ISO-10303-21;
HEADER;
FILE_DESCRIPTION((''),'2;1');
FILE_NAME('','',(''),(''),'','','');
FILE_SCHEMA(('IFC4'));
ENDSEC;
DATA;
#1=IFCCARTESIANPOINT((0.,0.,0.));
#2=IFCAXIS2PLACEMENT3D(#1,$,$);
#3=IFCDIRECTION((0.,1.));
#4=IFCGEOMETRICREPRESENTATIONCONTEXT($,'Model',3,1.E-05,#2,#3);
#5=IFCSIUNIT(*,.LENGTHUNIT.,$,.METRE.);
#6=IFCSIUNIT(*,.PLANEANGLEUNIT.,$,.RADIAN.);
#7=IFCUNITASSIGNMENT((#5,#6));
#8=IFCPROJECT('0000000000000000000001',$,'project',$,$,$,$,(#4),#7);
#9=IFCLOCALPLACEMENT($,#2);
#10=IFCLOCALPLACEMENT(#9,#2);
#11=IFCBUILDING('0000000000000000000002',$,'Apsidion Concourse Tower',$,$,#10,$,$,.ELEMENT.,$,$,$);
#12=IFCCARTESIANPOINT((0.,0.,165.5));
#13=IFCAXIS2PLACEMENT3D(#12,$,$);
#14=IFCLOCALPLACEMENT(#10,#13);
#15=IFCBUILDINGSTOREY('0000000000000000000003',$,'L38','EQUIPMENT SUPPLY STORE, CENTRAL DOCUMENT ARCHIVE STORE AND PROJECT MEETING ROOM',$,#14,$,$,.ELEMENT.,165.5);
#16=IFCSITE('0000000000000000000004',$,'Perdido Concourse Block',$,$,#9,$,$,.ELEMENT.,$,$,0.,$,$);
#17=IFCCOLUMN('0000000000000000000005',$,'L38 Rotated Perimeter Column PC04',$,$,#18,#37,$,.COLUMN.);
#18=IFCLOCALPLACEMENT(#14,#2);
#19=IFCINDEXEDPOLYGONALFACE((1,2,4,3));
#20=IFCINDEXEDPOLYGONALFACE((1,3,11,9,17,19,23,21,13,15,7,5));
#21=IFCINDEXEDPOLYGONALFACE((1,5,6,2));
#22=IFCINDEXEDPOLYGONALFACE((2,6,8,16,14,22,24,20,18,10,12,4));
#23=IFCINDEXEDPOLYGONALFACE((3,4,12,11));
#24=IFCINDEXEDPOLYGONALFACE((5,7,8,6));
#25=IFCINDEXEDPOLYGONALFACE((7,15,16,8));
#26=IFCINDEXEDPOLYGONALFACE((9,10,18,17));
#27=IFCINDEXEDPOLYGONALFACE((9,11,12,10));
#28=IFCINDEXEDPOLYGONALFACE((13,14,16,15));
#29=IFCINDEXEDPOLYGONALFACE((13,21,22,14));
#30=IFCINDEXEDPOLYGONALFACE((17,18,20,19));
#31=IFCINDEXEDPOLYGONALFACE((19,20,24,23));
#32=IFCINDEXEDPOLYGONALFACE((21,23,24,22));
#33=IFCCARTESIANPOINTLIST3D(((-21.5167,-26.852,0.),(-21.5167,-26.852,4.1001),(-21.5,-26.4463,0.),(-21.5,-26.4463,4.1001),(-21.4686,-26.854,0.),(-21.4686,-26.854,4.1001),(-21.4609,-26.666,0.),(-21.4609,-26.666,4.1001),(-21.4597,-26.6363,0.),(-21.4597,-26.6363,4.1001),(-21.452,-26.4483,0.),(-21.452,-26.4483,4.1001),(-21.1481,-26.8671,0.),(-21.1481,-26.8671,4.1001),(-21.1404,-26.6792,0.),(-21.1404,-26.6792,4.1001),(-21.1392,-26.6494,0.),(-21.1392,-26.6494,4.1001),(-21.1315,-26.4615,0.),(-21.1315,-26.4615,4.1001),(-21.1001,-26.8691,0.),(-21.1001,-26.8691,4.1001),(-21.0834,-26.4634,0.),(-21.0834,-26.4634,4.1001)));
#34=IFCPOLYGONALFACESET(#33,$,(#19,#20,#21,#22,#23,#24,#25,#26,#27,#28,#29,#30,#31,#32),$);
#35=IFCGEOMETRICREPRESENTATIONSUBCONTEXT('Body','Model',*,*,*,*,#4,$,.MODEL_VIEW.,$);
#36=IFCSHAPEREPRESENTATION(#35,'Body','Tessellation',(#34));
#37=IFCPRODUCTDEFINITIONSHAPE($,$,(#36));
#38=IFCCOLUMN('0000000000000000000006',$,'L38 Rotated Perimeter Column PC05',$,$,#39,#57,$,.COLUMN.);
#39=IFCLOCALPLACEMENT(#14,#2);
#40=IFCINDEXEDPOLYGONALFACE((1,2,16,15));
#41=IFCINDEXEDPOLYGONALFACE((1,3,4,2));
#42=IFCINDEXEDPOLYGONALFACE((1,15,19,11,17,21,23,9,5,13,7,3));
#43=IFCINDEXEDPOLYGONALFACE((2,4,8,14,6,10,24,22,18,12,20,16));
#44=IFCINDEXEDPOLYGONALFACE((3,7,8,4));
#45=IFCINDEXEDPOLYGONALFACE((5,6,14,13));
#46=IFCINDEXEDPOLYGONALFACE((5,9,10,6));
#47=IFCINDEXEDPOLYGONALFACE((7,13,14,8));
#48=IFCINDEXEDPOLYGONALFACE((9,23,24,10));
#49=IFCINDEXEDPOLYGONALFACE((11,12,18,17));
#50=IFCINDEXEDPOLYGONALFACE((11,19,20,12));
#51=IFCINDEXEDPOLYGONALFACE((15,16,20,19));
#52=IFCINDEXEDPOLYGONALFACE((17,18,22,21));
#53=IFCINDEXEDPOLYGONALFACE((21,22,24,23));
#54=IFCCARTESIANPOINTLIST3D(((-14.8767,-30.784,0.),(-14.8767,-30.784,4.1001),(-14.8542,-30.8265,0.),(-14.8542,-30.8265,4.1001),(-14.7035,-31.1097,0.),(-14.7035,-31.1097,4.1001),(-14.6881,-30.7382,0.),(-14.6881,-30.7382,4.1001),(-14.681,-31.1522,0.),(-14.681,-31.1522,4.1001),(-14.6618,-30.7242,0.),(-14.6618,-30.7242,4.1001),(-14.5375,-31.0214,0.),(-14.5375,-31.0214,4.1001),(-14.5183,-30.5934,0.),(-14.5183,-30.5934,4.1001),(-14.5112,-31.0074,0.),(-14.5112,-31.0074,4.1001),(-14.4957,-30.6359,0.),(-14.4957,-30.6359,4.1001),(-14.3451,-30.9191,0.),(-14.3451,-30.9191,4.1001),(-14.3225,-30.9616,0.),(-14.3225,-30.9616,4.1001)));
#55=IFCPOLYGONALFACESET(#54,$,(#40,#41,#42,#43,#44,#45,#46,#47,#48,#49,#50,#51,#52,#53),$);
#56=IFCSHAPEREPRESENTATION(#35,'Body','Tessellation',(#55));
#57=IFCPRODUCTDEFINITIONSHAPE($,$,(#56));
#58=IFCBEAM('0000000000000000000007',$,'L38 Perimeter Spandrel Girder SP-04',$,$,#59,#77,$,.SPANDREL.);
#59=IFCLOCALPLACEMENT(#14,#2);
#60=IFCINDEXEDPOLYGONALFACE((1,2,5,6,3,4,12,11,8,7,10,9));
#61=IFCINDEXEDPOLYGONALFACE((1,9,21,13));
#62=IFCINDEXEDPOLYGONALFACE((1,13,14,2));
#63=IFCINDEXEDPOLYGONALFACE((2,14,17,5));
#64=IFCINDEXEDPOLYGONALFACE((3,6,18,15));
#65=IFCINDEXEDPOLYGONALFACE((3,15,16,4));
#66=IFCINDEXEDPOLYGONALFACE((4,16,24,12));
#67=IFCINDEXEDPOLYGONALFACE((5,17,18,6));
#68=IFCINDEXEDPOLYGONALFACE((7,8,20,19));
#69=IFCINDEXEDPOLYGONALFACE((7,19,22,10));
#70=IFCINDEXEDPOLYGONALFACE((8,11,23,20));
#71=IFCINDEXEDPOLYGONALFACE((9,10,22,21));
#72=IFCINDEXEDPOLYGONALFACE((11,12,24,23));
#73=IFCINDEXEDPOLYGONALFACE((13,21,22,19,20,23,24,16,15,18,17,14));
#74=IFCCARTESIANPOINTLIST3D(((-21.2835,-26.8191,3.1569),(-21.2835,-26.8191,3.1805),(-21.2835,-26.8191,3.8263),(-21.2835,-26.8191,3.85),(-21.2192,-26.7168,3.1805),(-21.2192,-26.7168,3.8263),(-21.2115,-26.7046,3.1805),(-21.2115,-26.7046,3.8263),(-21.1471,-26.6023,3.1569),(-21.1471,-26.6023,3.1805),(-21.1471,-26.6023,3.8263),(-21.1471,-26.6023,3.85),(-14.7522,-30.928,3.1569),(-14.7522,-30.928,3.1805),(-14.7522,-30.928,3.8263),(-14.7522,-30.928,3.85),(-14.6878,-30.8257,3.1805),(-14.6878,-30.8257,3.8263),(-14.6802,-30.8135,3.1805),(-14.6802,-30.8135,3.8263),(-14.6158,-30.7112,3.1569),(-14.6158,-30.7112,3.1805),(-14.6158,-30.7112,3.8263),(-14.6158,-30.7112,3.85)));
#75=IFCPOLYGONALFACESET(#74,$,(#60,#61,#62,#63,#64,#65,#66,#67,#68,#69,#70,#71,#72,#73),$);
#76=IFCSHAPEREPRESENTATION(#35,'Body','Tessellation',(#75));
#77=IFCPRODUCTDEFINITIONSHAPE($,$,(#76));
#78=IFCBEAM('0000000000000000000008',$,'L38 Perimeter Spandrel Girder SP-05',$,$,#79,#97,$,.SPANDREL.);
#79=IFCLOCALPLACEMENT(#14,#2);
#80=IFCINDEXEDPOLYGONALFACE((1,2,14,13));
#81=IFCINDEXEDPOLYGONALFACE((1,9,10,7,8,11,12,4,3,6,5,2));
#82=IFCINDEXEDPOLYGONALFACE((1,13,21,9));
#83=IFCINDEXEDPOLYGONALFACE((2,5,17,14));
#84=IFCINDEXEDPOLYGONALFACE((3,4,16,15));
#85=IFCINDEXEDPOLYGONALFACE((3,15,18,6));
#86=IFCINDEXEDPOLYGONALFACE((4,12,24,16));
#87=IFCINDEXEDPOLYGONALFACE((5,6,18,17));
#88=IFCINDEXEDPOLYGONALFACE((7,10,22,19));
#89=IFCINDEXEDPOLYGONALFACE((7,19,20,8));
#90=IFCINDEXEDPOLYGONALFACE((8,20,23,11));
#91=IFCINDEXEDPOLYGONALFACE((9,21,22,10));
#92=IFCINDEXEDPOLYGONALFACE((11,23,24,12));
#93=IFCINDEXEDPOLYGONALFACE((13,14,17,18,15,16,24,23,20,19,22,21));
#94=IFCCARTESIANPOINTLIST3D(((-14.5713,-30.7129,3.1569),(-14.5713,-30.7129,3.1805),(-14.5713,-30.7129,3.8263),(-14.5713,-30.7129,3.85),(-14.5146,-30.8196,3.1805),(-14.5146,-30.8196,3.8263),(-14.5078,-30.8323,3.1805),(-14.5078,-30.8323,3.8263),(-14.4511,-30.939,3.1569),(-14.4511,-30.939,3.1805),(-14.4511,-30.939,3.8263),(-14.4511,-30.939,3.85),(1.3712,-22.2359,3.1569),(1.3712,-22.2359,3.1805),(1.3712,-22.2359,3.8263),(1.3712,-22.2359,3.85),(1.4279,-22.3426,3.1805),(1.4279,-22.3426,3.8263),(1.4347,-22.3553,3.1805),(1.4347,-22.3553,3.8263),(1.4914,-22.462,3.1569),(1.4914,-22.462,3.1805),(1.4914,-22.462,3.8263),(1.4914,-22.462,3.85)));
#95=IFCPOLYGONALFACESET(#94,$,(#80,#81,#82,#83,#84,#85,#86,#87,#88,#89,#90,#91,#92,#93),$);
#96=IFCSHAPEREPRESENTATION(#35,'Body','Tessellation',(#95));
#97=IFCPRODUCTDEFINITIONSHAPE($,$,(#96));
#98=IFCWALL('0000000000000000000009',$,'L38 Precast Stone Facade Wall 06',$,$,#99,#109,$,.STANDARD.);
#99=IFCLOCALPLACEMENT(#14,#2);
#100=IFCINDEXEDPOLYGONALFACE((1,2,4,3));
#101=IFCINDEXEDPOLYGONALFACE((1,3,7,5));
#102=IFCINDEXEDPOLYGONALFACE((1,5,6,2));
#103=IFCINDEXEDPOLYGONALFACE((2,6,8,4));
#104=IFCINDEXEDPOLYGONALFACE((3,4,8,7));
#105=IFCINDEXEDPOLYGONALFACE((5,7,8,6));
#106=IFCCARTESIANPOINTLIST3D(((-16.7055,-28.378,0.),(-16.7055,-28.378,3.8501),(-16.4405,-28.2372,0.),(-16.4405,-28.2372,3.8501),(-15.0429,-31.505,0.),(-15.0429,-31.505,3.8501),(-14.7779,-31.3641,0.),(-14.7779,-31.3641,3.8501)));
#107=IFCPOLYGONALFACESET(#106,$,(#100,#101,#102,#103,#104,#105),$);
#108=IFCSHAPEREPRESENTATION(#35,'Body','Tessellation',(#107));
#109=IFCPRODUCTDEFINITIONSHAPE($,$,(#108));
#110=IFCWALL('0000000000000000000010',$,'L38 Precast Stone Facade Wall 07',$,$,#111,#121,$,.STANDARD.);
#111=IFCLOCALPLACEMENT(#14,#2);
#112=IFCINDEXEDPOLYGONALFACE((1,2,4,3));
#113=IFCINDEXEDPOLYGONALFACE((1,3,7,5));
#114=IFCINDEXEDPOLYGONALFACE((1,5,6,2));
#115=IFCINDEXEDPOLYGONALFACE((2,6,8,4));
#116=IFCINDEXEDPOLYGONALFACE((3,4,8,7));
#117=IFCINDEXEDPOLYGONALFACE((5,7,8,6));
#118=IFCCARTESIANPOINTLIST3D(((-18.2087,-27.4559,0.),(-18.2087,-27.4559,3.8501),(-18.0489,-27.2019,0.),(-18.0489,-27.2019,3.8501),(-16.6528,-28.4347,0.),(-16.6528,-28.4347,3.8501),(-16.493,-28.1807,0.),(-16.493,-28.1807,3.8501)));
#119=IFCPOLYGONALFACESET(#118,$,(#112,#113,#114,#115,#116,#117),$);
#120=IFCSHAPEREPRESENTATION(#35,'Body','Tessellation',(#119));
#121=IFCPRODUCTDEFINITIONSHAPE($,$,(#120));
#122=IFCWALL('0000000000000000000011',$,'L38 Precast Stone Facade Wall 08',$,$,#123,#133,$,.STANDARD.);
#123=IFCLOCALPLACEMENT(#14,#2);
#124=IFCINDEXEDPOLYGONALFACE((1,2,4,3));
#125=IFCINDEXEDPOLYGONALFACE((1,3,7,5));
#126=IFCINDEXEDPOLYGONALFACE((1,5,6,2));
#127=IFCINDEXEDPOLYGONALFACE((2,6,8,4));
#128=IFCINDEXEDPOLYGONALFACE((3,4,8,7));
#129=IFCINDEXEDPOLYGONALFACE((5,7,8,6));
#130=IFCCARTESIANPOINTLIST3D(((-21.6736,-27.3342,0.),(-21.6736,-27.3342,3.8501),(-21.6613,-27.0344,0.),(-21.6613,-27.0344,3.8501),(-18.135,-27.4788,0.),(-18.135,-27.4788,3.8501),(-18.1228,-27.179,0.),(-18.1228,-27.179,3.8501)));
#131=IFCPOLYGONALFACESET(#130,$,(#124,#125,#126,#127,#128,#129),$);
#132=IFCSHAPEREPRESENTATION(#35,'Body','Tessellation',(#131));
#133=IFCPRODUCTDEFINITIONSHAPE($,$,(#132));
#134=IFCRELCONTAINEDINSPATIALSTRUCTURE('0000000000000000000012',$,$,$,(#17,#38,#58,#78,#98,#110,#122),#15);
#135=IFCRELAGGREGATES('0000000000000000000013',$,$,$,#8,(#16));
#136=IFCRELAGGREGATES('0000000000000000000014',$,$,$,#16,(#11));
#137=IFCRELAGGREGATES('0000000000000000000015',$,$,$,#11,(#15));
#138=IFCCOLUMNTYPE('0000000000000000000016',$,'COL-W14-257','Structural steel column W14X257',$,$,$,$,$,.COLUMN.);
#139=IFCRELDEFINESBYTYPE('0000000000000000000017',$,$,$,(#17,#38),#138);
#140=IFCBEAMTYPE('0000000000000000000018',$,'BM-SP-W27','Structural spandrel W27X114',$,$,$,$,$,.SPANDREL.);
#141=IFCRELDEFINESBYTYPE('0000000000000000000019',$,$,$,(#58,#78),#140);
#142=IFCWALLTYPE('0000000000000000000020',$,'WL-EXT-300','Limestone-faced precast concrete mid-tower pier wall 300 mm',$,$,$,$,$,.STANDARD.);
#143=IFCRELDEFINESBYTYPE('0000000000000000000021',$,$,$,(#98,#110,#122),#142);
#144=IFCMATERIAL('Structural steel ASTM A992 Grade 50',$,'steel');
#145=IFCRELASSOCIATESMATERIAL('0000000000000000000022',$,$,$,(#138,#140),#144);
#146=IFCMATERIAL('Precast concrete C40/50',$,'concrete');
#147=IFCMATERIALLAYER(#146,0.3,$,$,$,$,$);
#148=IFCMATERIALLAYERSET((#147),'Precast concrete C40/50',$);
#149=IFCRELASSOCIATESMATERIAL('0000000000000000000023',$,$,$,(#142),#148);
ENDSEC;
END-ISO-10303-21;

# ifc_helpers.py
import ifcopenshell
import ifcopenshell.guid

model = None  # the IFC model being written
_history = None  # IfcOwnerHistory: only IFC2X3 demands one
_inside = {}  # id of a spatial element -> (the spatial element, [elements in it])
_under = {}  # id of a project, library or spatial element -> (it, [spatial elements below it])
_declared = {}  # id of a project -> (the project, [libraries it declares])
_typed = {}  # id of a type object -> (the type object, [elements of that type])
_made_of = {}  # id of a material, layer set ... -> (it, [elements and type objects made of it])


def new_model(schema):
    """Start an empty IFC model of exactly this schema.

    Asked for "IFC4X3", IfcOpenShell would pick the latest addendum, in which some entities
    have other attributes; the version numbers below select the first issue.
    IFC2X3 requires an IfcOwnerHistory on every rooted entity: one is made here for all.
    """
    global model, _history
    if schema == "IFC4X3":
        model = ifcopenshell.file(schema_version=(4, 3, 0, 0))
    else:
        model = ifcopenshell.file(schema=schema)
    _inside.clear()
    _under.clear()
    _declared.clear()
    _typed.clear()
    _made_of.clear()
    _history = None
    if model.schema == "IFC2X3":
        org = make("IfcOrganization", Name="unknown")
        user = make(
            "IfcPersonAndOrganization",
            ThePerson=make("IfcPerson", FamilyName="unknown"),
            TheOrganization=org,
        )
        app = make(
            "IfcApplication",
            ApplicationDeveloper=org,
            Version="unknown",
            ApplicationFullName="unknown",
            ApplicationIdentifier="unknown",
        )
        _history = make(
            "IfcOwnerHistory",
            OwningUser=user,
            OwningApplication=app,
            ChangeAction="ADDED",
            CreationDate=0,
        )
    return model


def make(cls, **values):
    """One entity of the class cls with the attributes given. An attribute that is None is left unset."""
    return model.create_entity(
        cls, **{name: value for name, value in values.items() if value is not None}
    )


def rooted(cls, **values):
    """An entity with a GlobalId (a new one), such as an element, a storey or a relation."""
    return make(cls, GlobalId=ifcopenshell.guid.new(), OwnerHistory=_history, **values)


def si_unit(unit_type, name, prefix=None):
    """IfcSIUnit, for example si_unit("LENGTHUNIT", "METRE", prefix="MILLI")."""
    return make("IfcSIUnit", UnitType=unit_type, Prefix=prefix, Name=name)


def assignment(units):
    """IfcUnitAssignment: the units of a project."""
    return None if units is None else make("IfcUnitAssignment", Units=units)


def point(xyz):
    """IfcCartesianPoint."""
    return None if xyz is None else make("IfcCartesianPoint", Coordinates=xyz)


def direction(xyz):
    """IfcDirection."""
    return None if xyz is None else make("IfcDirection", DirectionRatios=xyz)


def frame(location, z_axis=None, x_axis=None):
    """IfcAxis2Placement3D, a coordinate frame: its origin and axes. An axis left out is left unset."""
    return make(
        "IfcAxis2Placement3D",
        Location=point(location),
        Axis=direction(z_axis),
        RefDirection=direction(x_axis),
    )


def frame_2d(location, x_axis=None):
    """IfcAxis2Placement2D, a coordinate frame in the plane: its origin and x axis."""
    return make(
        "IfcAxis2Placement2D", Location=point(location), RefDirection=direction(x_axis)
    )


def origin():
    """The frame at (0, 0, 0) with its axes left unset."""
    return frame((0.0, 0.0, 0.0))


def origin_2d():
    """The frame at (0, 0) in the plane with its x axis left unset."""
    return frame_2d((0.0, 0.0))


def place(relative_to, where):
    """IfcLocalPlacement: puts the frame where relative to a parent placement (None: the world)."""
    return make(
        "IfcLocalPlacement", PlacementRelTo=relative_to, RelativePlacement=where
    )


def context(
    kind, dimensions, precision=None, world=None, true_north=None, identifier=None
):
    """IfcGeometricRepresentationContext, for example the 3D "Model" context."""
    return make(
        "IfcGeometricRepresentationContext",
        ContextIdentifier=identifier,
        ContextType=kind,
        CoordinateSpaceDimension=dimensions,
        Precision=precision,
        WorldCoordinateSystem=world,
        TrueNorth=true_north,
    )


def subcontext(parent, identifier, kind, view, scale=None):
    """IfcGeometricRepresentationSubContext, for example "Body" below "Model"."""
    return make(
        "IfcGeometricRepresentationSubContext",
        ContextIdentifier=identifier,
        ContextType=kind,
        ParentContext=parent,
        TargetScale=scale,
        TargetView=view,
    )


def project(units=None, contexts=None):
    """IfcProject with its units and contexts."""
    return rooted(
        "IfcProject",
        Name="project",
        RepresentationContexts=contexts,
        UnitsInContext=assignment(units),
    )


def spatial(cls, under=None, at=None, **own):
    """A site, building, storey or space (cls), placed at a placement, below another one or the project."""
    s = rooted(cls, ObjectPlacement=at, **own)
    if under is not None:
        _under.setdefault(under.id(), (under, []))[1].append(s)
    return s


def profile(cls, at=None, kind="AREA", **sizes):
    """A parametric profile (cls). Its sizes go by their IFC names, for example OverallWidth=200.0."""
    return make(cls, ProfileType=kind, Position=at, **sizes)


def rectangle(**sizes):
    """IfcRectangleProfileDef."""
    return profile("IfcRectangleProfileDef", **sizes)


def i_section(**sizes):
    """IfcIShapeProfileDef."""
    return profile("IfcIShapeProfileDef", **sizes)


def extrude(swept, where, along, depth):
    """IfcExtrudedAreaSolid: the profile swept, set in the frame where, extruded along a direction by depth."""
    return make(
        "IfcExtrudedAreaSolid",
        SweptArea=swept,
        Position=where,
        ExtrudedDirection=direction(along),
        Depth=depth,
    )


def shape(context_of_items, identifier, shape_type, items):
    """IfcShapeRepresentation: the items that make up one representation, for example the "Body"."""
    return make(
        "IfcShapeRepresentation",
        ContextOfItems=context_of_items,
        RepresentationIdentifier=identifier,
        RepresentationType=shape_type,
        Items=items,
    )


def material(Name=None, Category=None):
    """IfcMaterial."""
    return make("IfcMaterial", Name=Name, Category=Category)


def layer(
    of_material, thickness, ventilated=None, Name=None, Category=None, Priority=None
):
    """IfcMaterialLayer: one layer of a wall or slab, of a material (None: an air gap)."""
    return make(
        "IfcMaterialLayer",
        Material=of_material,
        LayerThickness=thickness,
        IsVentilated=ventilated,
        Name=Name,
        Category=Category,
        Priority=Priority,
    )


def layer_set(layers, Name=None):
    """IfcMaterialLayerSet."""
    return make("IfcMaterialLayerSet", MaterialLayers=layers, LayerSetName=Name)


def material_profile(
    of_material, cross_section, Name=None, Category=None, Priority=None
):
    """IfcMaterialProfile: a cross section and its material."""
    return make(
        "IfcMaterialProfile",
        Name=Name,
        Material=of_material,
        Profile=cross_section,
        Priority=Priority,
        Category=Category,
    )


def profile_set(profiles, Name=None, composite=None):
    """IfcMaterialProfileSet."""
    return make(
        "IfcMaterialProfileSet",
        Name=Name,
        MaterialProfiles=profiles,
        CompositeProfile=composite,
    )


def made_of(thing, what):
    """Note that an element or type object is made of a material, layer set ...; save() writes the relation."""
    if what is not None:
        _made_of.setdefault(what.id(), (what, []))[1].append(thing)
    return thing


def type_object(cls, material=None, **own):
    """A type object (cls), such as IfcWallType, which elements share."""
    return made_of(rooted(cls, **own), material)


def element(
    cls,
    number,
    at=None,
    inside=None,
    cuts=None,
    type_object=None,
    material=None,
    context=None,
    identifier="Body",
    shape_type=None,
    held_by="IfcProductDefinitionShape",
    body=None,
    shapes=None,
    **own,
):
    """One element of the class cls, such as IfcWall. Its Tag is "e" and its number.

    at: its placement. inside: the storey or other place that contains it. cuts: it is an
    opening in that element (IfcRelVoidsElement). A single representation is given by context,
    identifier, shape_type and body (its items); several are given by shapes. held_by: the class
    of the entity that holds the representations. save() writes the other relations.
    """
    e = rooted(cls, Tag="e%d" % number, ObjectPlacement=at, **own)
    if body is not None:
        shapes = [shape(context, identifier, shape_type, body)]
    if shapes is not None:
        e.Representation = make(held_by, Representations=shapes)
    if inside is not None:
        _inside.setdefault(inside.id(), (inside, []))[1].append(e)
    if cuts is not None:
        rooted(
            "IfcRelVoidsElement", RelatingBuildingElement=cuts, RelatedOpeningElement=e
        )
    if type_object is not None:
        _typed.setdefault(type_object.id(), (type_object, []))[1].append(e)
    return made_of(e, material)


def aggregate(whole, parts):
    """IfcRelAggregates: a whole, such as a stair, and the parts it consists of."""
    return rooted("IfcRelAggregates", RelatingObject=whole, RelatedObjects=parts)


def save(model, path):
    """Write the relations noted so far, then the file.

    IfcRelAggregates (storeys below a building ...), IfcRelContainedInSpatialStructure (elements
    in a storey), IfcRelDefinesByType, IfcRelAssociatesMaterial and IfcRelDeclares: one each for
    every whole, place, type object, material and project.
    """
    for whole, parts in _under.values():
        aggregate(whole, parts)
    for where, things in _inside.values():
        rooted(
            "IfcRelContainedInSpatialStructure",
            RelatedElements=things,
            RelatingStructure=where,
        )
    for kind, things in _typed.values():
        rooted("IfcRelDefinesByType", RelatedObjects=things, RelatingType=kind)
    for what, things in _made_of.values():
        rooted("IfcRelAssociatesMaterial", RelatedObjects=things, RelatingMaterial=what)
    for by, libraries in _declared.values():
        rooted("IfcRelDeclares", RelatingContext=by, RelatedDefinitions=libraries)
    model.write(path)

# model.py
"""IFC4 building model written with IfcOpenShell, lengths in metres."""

from ifc_helpers import new_model, si_unit, direction, frame, frame_2d, origin, origin_2d, place, context, subcontext, project, spatial, rectangle, i_section, extrude, material, layer, layer_set, material_profile, profile_set, type_object, element, save


model = new_model("IFC4")

# Units and contexts
model_context = context("Model", 3, precision=1e-05, world=origin(), true_north=direction((0.0, 1.0)))
body_context = subcontext(model_context, "Body", "Model", "MODEL_VIEW")
ifc_project = project(units=[si_unit("LENGTHUNIT", "METRE"), si_unit("PLANEANGLEUNIT", "RADIAN")], contexts=[model_context])

# Site, building, storey
site_placement = place(None, origin())
site = spatial("IfcSite", under=ifc_project, at=site_placement, Name="Perdido Concourse Block", CompositionType="ELEMENT", RefElevation=0.0)
building_placement = place(site_placement, origin())
building = spatial("IfcBuilding", under=site, at=building_placement, Name="Apsidion Concourse Tower", CompositionType="ELEMENT")
storey_placement = place(building_placement, frame((0.0, 0.0, 165.5)))
storey = spatial("IfcBuildingStorey", under=building, at=storey_placement, Name="L38", Description="EQUIPMENT SUPPLY STORE, CENTRAL DOCUMENT ARCHIVE STORE AND PROJECT MEETING ROOM", CompositionType="ELEMENT", Elevation=165.5)

# Columns
ifc_material_1 = material(Name="Structural steel ASTM A992 Grade 50", Category="steel")
ifc_material_profile_1 = material_profile(ifc_material_1, i_section(OverallWidth=0.406, OverallDepth=0.417, WebThickness=0.0298, FlangeThickness=0.0481, at=origin_2d()), Name="W14X257")
ifc_profile_set_1 = profile_set([ifc_material_profile_1], Name="Structural steel ASTM A992 Grade 50")
column_type = type_object("IfcColumnType", Name="COL-W14-257", Description="Structural steel column W14X257", PredefinedType="COLUMN", material=ifc_profile_set_1)
for number, where, z_axis, x_axis, name in (
    (1, (-21.3, -26.6577, 0.0), (0.0, 0.0, 1.0), (0.041004, 0.999159, 0.0), "L38 Rotated Perimeter Column PC04"),
    (2, (-14.5996, -30.8728, 0.0), (0.0, 0.0, 1.0), (0.882948, 0.469472, 0.0), "L38 Rotated Perimeter Column PC05"),
):
    element("IfcColumn", number, at=place(storey_placement, frame(where, z_axis=z_axis, x_axis=x_axis)), inside=storey, type_object=column_type, Name=name, PredefinedType="COLUMN", context=body_context, shape_type="SweptSolid", body=[
        extrude(i_section(OverallWidth=0.406, OverallDepth=0.417, WebThickness=0.0298, FlangeThickness=0.0481, at=origin_2d()), origin(), (0.0, 0.0, 1.0), 4.1001),
    ])

# Beams
ifc_material_profile_2 = material_profile(ifc_material_1, i_section(OverallWidth=0.2561, OverallDepth=0.6931, WebThickness=0.0144, FlangeThickness=0.0237, at=origin_2d()), Name="W27X114")
ifc_profile_set_2 = profile_set([ifc_material_profile_2], Name="Structural steel ASTM A992 Grade 50")
beam_type = type_object("IfcBeamType", Name="BM-SP-W27", Description="Structural spandrel W27X114", PredefinedType="SPANDREL", material=ifc_profile_set_2)
beam_1_placement = place(storey_placement, frame((-21.2153, -26.7107, 3.5034), z_axis=(0.84643, -0.532499, 0.0), x_axis=(0.532499, 0.84643, 0.0)))
element("IfcBeam", 3, at=beam_1_placement, inside=storey, type_object=beam_type, Name="L38 Perimeter Spandrel Girder SP-04", PredefinedType="SPANDREL", context=body_context, shape_type="SweptSolid", body=[
    extrude(i_section(OverallWidth=0.2561, OverallDepth=0.6931, WebThickness=0.0144, FlangeThickness=0.0237, at=origin_2d()), origin(), (0.0, 0.0, 1.0), 7.7163),
])
beam_2_placement = place(storey_placement, frame((-14.5112, -30.8259, 3.5034), z_axis=(0.882943, 0.46948, 0.0), x_axis=(-0.46948, 0.882943, 0.0)))
element("IfcBeam", 4, at=beam_2_placement, inside=storey, type_object=beam_type, Name="L38 Perimeter Spandrel Girder SP-05", PredefinedType="SPANDREL", context=body_context, shape_type="SweptSolid", body=[
    extrude(i_section(OverallWidth=0.2561, OverallDepth=0.6931, WebThickness=0.0144, FlangeThickness=0.0237, at=origin_2d()), origin(), (0.0, 0.0, 1.0), 18.0562),
])

# Walls
ifc_material_2 = material(Name="Precast concrete C40/50", Category="concrete")
ifc_layer_1 = layer(ifc_material_2, 0.3)
ifc_layer_set_1 = layer_set([ifc_layer_1], Name="Precast concrete C40/50")
wall_type_1 = type_object("IfcWallType", Name="WL-EXT-300", Description="Limestone-faced precast concrete mid-tower pier wall 300 mm", PredefinedType="STANDARD", material=ifc_layer_set_1)
wall_1_placement = place(storey_placement, frame((-14.9104, -31.4346, 0.0), z_axis=(0.0, 0.0, 1.0), x_axis=(-0.469464, 0.882951, 0.0)))
element("IfcWall", 5, at=wall_1_placement, inside=storey, type_object=wall_type_1, Name="L38 Precast Stone Facade Wall 06", PredefinedType="STANDARD", context=body_context, shape_type="SweptSolid", body=[
    extrude(rectangle(XDim=3.5415, YDim=0.3, at=frame_2d((1.7708, 0.0))), origin(), (0.0, 0.0, 1.0), 3.8501),
])
wall_2_placement = place(storey_placement, frame((-16.573, -28.3076, 0.0), z_axis=(0.0, 0.0, 1.0), x_axis=(-0.84645, 0.532468, 0.0)))
element("IfcWall", 6, at=wall_2_placement, inside=storey, type_object=wall_type_1, Name="L38 Precast Stone Facade Wall 07", PredefinedType="STANDARD", context=body_context, shape_type="SweptSolid", body=[
    extrude(rectangle(XDim=1.8381, YDim=0.3, at=frame_2d((0.9189, 0.0))), origin(), (0.0, 0.0, 1.0), 3.8501),
])
wall_3_placement = place(storey_placement, frame((-18.1289, -27.3289, 0.0), z_axis=(0.0, 0.0, 1.0), x_axis=(-0.999167, 0.04081, 0.0)))
element("IfcWall", 7, at=wall_3_placement, inside=storey, type_object=wall_type_1, Name="L38 Precast Stone Facade Wall 08", PredefinedType="STANDARD", context=body_context, shape_type="SweptSolid", body=[
    extrude(rectangle(XDim=3.5415, YDim=0.3, at=frame_2d((1.7708, 0.0))), origin(), (0.0, 0.0, 1.0), 3.8501),
])

save(model, "model.ifc")
